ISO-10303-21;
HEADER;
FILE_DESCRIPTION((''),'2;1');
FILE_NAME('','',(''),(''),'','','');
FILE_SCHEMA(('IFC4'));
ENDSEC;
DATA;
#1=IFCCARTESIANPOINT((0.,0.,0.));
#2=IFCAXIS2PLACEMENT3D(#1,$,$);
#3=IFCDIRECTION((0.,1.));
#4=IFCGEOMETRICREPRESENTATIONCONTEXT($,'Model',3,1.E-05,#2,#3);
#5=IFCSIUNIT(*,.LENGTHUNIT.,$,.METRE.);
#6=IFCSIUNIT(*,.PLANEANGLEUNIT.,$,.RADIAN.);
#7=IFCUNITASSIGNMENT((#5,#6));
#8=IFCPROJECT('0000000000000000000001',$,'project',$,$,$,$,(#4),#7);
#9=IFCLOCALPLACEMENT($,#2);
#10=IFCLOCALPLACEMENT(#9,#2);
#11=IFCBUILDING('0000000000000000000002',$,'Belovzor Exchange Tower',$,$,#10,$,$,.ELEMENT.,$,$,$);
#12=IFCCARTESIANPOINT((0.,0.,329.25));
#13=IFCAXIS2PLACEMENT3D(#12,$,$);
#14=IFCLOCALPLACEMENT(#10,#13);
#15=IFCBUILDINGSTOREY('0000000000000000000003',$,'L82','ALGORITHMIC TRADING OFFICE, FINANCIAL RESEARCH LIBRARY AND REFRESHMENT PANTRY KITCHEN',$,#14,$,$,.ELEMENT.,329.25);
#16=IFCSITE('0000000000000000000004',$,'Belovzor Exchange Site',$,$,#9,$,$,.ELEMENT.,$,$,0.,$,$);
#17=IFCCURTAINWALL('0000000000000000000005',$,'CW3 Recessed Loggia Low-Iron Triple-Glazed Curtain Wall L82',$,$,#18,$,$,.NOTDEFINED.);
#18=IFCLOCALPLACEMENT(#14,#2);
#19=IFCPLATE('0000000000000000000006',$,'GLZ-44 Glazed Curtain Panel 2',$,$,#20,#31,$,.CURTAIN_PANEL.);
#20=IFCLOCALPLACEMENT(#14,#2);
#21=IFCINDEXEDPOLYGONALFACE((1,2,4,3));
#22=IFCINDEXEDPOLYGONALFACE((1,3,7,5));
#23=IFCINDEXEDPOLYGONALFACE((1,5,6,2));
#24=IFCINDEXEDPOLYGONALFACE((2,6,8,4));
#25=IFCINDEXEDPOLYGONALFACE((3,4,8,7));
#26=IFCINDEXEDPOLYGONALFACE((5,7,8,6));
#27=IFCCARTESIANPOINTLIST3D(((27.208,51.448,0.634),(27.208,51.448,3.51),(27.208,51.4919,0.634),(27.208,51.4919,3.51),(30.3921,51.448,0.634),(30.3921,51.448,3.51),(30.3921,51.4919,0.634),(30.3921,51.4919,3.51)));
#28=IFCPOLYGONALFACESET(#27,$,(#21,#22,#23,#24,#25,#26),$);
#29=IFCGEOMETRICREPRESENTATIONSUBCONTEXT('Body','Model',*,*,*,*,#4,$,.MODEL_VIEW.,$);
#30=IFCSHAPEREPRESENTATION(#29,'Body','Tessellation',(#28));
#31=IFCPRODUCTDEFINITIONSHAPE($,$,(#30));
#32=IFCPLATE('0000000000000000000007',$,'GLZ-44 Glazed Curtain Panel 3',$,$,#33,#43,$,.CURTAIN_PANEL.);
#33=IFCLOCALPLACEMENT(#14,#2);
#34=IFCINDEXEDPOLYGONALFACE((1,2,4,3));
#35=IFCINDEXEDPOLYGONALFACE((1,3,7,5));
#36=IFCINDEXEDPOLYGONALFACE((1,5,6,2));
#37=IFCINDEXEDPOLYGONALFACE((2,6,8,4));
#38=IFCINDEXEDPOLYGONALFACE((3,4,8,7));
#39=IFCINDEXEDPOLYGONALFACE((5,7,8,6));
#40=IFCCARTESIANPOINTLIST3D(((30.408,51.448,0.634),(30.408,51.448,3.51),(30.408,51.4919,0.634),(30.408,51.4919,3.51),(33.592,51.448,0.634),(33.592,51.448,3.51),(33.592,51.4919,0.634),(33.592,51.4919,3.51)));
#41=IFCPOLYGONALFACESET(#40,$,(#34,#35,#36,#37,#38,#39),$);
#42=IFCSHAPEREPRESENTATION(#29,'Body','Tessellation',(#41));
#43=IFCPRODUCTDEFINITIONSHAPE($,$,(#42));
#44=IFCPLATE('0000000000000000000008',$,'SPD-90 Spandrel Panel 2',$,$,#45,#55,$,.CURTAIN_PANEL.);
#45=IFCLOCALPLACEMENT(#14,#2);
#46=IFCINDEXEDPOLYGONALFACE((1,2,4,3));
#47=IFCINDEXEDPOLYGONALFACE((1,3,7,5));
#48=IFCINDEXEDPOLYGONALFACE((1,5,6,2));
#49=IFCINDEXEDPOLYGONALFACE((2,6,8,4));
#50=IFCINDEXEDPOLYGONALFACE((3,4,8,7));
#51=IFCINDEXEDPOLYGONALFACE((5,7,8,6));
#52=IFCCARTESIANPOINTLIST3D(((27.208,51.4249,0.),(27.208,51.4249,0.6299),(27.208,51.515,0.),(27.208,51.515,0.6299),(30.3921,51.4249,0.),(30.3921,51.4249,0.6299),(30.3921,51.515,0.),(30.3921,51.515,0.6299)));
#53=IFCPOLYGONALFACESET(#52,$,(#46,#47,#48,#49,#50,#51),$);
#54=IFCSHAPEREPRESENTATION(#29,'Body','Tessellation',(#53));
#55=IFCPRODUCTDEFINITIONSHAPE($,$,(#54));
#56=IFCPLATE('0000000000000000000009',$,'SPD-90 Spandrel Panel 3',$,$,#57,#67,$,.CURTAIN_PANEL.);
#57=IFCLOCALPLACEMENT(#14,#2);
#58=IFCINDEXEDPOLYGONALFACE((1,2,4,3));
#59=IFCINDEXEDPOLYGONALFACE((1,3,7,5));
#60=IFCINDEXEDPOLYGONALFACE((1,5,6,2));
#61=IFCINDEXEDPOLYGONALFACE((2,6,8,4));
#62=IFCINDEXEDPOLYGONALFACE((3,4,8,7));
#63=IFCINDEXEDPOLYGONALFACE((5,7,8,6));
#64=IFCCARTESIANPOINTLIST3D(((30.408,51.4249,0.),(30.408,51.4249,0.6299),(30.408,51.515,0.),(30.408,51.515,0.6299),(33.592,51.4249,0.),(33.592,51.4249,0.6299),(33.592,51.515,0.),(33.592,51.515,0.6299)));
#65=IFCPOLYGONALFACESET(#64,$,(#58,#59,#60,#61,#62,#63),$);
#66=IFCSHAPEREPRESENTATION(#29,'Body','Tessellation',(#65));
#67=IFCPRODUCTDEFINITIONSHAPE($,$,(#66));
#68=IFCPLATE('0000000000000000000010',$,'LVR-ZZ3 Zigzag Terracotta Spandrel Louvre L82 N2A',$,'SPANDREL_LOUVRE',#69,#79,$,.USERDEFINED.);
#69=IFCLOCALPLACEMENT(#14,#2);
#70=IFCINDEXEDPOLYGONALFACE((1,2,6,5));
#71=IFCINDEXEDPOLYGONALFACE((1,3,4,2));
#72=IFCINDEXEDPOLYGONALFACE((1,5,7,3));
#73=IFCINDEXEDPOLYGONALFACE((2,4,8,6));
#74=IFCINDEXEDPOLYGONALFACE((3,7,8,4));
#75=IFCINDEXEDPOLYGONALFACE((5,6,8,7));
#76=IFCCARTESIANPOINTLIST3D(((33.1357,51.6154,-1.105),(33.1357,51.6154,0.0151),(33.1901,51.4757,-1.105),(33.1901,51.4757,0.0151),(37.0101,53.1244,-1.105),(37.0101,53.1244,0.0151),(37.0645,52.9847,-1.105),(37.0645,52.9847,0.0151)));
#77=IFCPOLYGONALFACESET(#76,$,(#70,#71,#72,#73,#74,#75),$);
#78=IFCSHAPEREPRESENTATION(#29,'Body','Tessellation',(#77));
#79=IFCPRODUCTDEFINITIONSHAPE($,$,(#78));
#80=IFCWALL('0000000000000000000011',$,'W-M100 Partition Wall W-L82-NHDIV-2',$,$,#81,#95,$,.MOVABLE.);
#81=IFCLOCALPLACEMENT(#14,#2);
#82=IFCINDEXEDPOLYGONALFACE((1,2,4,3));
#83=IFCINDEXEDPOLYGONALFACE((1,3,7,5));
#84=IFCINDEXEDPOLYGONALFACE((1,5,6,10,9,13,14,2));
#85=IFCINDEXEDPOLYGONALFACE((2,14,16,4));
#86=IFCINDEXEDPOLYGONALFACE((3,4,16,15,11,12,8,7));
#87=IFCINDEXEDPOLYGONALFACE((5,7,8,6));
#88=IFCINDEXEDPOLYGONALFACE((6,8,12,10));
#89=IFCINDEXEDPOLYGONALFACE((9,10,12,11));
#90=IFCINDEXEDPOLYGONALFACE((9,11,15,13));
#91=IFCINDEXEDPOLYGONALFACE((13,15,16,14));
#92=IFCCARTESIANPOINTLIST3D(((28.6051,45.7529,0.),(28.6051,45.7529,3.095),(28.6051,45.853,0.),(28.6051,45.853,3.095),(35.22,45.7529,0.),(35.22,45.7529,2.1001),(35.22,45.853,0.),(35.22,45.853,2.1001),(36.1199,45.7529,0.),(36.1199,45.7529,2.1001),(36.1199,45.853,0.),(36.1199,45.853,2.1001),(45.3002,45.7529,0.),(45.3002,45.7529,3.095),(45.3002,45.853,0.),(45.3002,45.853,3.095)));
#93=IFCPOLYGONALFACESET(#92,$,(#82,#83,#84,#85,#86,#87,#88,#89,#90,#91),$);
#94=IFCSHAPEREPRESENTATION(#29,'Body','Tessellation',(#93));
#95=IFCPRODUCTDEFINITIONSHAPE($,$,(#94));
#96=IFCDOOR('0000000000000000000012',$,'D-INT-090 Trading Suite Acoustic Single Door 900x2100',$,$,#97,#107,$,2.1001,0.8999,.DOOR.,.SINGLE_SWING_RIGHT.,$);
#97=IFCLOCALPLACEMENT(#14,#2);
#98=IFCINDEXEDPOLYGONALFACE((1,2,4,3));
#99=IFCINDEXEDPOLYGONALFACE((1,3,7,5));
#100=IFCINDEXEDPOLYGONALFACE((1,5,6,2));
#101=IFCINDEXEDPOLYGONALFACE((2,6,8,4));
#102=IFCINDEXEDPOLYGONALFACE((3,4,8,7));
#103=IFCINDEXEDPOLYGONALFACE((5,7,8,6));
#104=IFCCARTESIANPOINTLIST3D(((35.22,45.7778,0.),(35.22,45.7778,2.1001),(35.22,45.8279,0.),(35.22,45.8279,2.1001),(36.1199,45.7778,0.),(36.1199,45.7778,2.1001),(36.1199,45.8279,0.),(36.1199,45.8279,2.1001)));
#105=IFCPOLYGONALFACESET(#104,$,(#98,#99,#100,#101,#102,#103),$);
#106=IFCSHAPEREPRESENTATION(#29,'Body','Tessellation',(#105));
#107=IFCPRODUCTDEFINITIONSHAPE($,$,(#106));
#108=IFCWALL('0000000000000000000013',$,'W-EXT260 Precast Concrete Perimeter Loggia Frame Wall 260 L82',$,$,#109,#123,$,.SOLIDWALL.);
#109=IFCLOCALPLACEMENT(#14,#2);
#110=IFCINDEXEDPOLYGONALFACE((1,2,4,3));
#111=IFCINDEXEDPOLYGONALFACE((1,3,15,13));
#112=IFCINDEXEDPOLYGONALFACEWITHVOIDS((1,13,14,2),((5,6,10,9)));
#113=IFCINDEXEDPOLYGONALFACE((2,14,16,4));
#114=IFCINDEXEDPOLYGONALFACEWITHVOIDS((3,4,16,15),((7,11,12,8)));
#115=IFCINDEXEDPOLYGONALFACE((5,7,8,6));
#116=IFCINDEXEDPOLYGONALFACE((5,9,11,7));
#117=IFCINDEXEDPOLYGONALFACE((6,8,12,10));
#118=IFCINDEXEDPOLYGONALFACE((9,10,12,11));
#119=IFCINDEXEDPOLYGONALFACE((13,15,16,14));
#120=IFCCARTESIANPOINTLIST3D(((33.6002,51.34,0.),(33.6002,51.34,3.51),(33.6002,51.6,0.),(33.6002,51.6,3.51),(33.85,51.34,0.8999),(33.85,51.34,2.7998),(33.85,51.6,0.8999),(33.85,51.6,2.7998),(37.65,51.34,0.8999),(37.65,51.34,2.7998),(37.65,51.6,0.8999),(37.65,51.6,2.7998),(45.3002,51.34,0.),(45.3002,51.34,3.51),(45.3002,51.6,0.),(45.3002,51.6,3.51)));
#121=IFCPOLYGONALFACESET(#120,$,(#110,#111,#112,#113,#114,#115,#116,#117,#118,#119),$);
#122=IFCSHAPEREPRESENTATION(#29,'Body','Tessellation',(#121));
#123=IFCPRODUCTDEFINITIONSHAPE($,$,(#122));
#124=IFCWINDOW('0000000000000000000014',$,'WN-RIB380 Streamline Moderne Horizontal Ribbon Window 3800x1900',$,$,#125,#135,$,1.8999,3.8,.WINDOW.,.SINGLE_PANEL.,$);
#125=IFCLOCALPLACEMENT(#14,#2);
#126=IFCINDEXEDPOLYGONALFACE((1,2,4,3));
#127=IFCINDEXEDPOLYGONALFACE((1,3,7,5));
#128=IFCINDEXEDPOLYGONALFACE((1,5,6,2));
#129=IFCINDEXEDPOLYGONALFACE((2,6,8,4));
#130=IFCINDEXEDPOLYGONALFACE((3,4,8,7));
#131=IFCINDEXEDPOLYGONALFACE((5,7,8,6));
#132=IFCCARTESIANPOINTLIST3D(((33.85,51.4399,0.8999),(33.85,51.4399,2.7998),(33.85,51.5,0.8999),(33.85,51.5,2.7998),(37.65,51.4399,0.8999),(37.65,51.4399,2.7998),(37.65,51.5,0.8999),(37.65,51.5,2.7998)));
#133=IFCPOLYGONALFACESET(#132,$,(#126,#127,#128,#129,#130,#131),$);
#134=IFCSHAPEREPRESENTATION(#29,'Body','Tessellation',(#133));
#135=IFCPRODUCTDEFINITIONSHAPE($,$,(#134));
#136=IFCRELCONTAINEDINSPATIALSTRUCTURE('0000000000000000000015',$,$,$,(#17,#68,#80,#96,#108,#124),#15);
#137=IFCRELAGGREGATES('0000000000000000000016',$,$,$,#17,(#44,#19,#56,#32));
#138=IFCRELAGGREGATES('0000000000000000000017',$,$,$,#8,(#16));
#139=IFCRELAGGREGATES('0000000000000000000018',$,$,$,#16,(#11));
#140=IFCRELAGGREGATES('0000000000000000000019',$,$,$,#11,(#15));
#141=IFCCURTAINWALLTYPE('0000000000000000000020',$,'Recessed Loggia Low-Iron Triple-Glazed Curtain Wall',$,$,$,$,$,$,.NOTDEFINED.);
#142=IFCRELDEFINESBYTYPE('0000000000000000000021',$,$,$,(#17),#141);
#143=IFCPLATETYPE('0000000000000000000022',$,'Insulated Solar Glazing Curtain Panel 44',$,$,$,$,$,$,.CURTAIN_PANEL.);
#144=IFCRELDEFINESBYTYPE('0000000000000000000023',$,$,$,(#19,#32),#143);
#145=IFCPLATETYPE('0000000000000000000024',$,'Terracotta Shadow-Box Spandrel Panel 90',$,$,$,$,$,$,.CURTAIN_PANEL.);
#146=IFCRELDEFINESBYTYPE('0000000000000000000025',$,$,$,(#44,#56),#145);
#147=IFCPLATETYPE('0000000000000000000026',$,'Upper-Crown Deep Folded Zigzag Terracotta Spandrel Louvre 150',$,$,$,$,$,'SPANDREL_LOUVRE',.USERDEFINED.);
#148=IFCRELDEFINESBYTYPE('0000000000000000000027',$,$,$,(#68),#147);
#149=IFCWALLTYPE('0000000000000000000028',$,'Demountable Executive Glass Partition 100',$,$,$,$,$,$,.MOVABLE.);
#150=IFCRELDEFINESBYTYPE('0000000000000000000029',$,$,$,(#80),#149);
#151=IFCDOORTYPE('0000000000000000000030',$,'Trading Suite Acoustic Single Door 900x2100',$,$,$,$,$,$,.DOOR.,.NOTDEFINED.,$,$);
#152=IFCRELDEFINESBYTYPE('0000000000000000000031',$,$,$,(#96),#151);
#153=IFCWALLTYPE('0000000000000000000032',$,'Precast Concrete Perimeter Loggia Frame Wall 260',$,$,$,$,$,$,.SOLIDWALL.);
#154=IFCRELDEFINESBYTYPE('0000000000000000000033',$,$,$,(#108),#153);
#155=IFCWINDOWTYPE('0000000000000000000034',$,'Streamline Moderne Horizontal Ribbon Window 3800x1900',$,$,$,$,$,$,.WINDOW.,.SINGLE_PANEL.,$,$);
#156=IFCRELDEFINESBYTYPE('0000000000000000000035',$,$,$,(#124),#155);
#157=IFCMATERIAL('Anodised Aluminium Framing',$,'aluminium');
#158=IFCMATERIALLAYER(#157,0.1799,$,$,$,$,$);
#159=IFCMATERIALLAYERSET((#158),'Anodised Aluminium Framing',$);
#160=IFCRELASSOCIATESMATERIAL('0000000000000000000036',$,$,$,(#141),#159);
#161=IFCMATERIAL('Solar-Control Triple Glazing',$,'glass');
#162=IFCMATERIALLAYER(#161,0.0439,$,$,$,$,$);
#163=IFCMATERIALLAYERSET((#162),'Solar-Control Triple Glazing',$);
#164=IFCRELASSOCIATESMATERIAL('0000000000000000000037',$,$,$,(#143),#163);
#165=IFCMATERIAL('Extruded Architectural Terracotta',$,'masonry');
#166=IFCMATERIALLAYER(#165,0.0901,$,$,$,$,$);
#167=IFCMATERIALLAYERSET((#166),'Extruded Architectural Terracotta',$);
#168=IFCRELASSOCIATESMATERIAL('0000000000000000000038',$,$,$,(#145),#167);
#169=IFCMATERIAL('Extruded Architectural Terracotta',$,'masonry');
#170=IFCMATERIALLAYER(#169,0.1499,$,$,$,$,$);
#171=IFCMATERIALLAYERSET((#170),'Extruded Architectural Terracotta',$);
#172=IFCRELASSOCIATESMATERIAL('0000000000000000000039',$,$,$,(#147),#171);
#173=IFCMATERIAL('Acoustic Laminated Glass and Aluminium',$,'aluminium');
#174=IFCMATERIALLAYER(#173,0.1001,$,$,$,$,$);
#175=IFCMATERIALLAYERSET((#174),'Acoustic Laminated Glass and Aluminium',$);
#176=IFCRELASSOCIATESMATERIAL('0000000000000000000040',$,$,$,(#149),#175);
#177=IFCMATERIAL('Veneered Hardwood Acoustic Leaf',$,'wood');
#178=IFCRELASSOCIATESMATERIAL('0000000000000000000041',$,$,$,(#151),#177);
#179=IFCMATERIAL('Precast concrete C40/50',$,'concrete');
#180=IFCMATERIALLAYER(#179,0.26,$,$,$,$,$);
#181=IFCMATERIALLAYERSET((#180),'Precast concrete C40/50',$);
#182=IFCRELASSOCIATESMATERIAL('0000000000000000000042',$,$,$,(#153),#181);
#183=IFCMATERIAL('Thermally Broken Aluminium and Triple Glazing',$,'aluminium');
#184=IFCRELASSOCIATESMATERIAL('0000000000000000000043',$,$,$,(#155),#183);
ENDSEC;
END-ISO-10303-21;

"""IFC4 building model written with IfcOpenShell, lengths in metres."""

from ifc_helpers import new_model, si_unit, direction, frame, frame_2d, origin, origin_2d, place, context, subcontext, project, spatial, rectangle, extrude, material, layer, layer_set, type_object, element, fill, aggregate, save


model = new_model("IFC4")

# Units and contexts
model_context = context("Model", 3, precision=1e-05, world=origin(), true_north=direction((0.0, 1.0)))
body_context = subcontext(model_context, "Body", "Model", "MODEL_VIEW")
ifc_project = project(units=[si_unit("LENGTHUNIT", "METRE"), si_unit("PLANEANGLEUNIT", "RADIAN")], contexts=[model_context])

# Site, building, storey
site_placement = place(None, origin())
site = spatial("IfcSite", under=ifc_project, at=site_placement, Name="Belovzor Exchange Site", CompositionType="ELEMENT", RefElevation=0.0)
building_placement = place(site_placement, origin())
building = spatial("IfcBuilding", under=site, at=building_placement, Name="Belovzor Exchange Tower", CompositionType="ELEMENT")
storey_placement = place(building_placement, frame((0.0, 0.0, 329.25)))
storey = spatial("IfcBuildingStorey", under=building, at=storey_placement, Name="L82", Description="ALGORITHMIC TRADING OFFICE, FINANCIAL RESEARCH LIBRARY AND REFRESHMENT PANTRY KITCHEN", CompositionType="ELEMENT", Elevation=329.25)

# Curtain wall
ifc_material_1 = material(Name="Anodised Aluminium Framing", Category="aluminium")
ifc_layer_1 = layer(ifc_material_1, 0.1799)
ifc_layer_set_1 = layer_set([ifc_layer_1], Name="Anodised Aluminium Framing")
curtain_wall_type = type_object("IfcCurtainWallType", Name="Recessed Loggia Low-Iron Triple-Glazed Curtain Wall", PredefinedType="NOTDEFINED", material=ifc_layer_set_1)
curtain_wall_placement = place(storey_placement, origin())
curtain_wall = element("IfcCurtainWall", 1, at=curtain_wall_placement, inside=storey, type_object=curtain_wall_type, Name="CW3 Recessed Loggia Low-Iron Triple-Glazed Curtain Wall L82", PredefinedType="NOTDEFINED")

# Plates
ifc_material_2 = material(Name="Solar-Control Triple Glazing", Category="glass")
ifc_layer_2 = layer(ifc_material_2, 0.0439)
ifc_layer_set_2 = layer_set([ifc_layer_2], Name="Solar-Control Triple Glazing")
plate_type_1 = type_object("IfcPlateType", Name="Insulated Solar Glazing Curtain Panel 44", PredefinedType="CURTAIN_PANEL", material=ifc_layer_set_2)
plate_1_placement = place(storey_placement, frame((28.8, 51.47, 0.634), z_axis=(0.0, 0.0, 1.0), x_axis=(1.0, 0.0, 0.0)))
plate_1 = element("IfcPlate", 2, at=plate_1_placement, type_object=plate_type_1, Name="GLZ-44 Glazed Curtain Panel 2", PredefinedType="CURTAIN_PANEL", context=body_context, shape_type="SweptSolid", body=[
    extrude(rectangle(XDim=3.1841, YDim=0.0439, at=origin_2d()), origin(), (0.0, 0.0, 1.0), 2.876),
])
plate_2_placement = place(storey_placement, frame((32.0, 51.47, 0.634), z_axis=(0.0, 0.0, 1.0), x_axis=(1.0, 0.0, 0.0)))
plate_2 = element("IfcPlate", 3, at=plate_2_placement, type_object=plate_type_1, Name="GLZ-44 Glazed Curtain Panel 3", PredefinedType="CURTAIN_PANEL", context=body_context, shape_type="SweptSolid", body=[
    extrude(rectangle(XDim=3.1841, YDim=0.0439, at=origin_2d()), origin(), (0.0, 0.0, 1.0), 2.876),
])
ifc_material_3 = material(Name="Extruded Architectural Terracotta", Category="masonry")
ifc_layer_3 = layer(ifc_material_3, 0.0901)
ifc_layer_set_3 = layer_set([ifc_layer_3], Name="Extruded Architectural Terracotta")
plate_type_2 = type_object("IfcPlateType", Name="Terracotta Shadow-Box Spandrel Panel 90", PredefinedType="CURTAIN_PANEL", material=ifc_layer_set_3)
plate_3_placement = place(storey_placement, frame((28.8, 51.47, 0.0), z_axis=(0.0, 0.0, 1.0), x_axis=(1.0, 0.0, 0.0)))
plate_3 = element("IfcPlate", 4, at=plate_3_placement, type_object=plate_type_2, Name="SPD-90 Spandrel Panel 2", PredefinedType="CURTAIN_PANEL", context=body_context, shape_type="SweptSolid", body=[
    extrude(rectangle(XDim=3.1841, YDim=0.0901, at=origin_2d()), origin(), (0.0, 0.0, 1.0), 0.6299),
])
plate_4_placement = place(storey_placement, frame((32.0, 51.47, 0.0), z_axis=(0.0, 0.0, 1.0), x_axis=(1.0, 0.0, 0.0)))
plate_4 = element("IfcPlate", 5, at=plate_4_placement, type_object=plate_type_2, Name="SPD-90 Spandrel Panel 3", PredefinedType="CURTAIN_PANEL", context=body_context, shape_type="SweptSolid", body=[
    extrude(rectangle(XDim=3.1841, YDim=0.0901, at=origin_2d()), origin(), (0.0, 0.0, 1.0), 0.6299),
])
aggregate(curtain_wall, [plate_3, plate_1, plate_4, plate_2])
ifc_material_4 = material(Name="Extruded Architectural Terracotta", Category="masonry")
ifc_layer_4 = layer(ifc_material_4, 0.1499)
ifc_layer_set_4 = layer_set([ifc_layer_4], Name="Extruded Architectural Terracotta")
plate_type_3 = type_object("IfcPlateType", Name="Upper-Crown Deep Folded Zigzag Terracotta Spandrel Louvre 150", ElementType="SPANDREL_LOUVRE", PredefinedType="USERDEFINED", material=ifc_layer_set_4)
plate_5_placement = place(storey_placement, frame((35.1001, 52.3, -1.105), z_axis=(0.0, 0.0, 1.0), x_axis=(0.931818, 0.362926, 0.0)))
element("IfcPlate", 6, at=plate_5_placement, inside=storey, type_object=plate_type_3, Name="LVR-ZZ3 Zigzag Terracotta Spandrel Louvre L82 N2A", ObjectType="SPANDREL_LOUVRE", PredefinedType="USERDEFINED", context=body_context, shape_type="SweptSolid", body=[
    extrude(rectangle(XDim=4.158, YDim=0.1499, at=origin_2d()), origin(), (0.0, 0.0, 1.0), 1.1201),
])

# Wall, opening, door
ifc_material_5 = material(Name="Acoustic Laminated Glass and Aluminium", Category="aluminium")
ifc_layer_5 = layer(ifc_material_5, 0.1001)
ifc_layer_set_5 = layer_set([ifc_layer_5], Name="Acoustic Laminated Glass and Aluminium")
wall_type_1 = type_object("IfcWallType", Name="Demountable Executive Glass Partition 100", PredefinedType="MOVABLE", material=ifc_layer_set_5)
wall_1_placement = place(storey_placement, frame((28.605, 45.803, 0.0), z_axis=(0.0, 0.0, 1.0), x_axis=(1.0, 0.0, 0.0)))
wall_1 = element("IfcWall", 7, at=wall_1_placement, inside=storey, type_object=wall_type_1, Name="W-M100 Partition Wall W-L82-NHDIV-2", PredefinedType="MOVABLE", context=body_context, shape_type="SweptSolid", body=[
    extrude(rectangle(XDim=16.6951, YDim=0.1001, at=frame_2d((8.3477, 0.0))), origin(), (0.0, 0.0, 1.0), 3.095),
])
opening_1_placement = place(wall_1_placement, frame((6.615, 0.0, 0.0)))
opening_1 = element("IfcOpeningElement", 8, at=opening_1_placement, cuts=wall_1, PredefinedType="OPENING", context=body_context, shape_type="SweptSolid", body=[
    extrude(rectangle(XDim=0.8999, YDim=2.1001, at=frame_2d((0.45, 1.05))), frame((0.0, 0.0601, 0.0), z_axis=(0.0, -1.0, 0.0), x_axis=(1.0, 0.0, 0.0)), (0.0, 0.0, 1.0), 0.1201),
])
ifc_material_6 = material(Name="Veneered Hardwood Acoustic Leaf", Category="wood")
door_type = type_object("IfcDoorType", Name="Trading Suite Acoustic Single Door 900x2100", OperationType="NOTDEFINED", PredefinedType="DOOR", material=ifc_material_6)
door_placement = place(opening_1_placement, origin())
door = element("IfcDoor", 9, at=door_placement, inside=storey, type_object=door_type, Name="D-INT-090 Trading Suite Acoustic Single Door 900x2100", OperationType="SINGLE_SWING_RIGHT", OverallHeight=2.1001, OverallWidth=0.8999, PredefinedType="DOOR", context=body_context, shape_type="SweptSolid", body=[
    extrude(rectangle(XDim=0.8999, YDim=2.1001, at=frame_2d((0.45, 1.05))), frame((0.0, 0.0249, 0.0), z_axis=(0.0, -1.0, 0.0), x_axis=(1.0, 0.0, 0.0)), (0.0, 0.0, 1.0), 0.05),
])
fill(opening_1, door)

# Wall, opening, window
ifc_material_7 = material(Name="Precast concrete C40/50", Category="concrete")
ifc_layer_6 = layer(ifc_material_7, 0.26)
ifc_layer_set_6 = layer_set([ifc_layer_6], Name="Precast concrete C40/50")
wall_type_2 = type_object("IfcWallType", Name="Precast Concrete Perimeter Loggia Frame Wall 260", PredefinedType="SOLIDWALL", material=ifc_layer_set_6)
wall_2_placement = place(storey_placement, frame((33.6001, 51.47, 0.0), z_axis=(0.0, 0.0, 1.0), x_axis=(1.0, 0.0, 0.0)))
wall_2 = element("IfcWall", 10, at=wall_2_placement, inside=storey, type_object=wall_type_2, Name="W-EXT260 Precast Concrete Perimeter Loggia Frame Wall 260 L82", PredefinedType="SOLIDWALL", context=body_context, shape_type="SweptSolid", body=[
    extrude(rectangle(XDim=11.7, YDim=0.26, at=frame_2d((5.8501, 0.0))), origin(), (0.0, 0.0, 1.0), 3.51),
])
opening_2_placement = place(wall_2_placement, frame((0.25, 0.0, 0.8999)))
opening_2 = element("IfcOpeningElement", 11, at=opening_2_placement, cuts=wall_2, PredefinedType="OPENING", context=body_context, shape_type="SweptSolid", body=[
    extrude(rectangle(XDim=3.8, YDim=1.8999, at=frame_2d((1.8999, 0.95))), frame((0.0, 0.1399, 0.0), z_axis=(0.0, -1.0, 0.0), x_axis=(1.0, 0.0, 0.0)), (0.0, 0.0, 1.0), 0.28),
])
ifc_material_8 = material(Name="Thermally Broken Aluminium and Triple Glazing", Category="aluminium")
window_type = type_object("IfcWindowType", Name="Streamline Moderne Horizontal Ribbon Window 3800x1900", PartitioningType="SINGLE_PANEL", PredefinedType="WINDOW", material=ifc_material_8)
window_placement = place(opening_2_placement, origin())
window = element("IfcWindow", 12, at=window_placement, inside=storey, type_object=window_type, Name="WN-RIB380 Streamline Moderne Horizontal Ribbon Window 3800x1900", OverallHeight=1.8999, OverallWidth=3.8, PartitioningType="SINGLE_PANEL", PredefinedType="WINDOW", context=body_context, shape_type="SweptSolid", body=[
    extrude(rectangle(XDim=3.8, YDim=1.8999, at=frame_2d((1.8999, 0.95))), frame((0.0, 0.03, 0.0), z_axis=(0.0, -1.0, 0.0), x_axis=(1.0, 0.0, 0.0)), (0.0, 0.0, 1.0), 0.0601),
])
fill(opening_2, window)

save(model, "model.ifc")
